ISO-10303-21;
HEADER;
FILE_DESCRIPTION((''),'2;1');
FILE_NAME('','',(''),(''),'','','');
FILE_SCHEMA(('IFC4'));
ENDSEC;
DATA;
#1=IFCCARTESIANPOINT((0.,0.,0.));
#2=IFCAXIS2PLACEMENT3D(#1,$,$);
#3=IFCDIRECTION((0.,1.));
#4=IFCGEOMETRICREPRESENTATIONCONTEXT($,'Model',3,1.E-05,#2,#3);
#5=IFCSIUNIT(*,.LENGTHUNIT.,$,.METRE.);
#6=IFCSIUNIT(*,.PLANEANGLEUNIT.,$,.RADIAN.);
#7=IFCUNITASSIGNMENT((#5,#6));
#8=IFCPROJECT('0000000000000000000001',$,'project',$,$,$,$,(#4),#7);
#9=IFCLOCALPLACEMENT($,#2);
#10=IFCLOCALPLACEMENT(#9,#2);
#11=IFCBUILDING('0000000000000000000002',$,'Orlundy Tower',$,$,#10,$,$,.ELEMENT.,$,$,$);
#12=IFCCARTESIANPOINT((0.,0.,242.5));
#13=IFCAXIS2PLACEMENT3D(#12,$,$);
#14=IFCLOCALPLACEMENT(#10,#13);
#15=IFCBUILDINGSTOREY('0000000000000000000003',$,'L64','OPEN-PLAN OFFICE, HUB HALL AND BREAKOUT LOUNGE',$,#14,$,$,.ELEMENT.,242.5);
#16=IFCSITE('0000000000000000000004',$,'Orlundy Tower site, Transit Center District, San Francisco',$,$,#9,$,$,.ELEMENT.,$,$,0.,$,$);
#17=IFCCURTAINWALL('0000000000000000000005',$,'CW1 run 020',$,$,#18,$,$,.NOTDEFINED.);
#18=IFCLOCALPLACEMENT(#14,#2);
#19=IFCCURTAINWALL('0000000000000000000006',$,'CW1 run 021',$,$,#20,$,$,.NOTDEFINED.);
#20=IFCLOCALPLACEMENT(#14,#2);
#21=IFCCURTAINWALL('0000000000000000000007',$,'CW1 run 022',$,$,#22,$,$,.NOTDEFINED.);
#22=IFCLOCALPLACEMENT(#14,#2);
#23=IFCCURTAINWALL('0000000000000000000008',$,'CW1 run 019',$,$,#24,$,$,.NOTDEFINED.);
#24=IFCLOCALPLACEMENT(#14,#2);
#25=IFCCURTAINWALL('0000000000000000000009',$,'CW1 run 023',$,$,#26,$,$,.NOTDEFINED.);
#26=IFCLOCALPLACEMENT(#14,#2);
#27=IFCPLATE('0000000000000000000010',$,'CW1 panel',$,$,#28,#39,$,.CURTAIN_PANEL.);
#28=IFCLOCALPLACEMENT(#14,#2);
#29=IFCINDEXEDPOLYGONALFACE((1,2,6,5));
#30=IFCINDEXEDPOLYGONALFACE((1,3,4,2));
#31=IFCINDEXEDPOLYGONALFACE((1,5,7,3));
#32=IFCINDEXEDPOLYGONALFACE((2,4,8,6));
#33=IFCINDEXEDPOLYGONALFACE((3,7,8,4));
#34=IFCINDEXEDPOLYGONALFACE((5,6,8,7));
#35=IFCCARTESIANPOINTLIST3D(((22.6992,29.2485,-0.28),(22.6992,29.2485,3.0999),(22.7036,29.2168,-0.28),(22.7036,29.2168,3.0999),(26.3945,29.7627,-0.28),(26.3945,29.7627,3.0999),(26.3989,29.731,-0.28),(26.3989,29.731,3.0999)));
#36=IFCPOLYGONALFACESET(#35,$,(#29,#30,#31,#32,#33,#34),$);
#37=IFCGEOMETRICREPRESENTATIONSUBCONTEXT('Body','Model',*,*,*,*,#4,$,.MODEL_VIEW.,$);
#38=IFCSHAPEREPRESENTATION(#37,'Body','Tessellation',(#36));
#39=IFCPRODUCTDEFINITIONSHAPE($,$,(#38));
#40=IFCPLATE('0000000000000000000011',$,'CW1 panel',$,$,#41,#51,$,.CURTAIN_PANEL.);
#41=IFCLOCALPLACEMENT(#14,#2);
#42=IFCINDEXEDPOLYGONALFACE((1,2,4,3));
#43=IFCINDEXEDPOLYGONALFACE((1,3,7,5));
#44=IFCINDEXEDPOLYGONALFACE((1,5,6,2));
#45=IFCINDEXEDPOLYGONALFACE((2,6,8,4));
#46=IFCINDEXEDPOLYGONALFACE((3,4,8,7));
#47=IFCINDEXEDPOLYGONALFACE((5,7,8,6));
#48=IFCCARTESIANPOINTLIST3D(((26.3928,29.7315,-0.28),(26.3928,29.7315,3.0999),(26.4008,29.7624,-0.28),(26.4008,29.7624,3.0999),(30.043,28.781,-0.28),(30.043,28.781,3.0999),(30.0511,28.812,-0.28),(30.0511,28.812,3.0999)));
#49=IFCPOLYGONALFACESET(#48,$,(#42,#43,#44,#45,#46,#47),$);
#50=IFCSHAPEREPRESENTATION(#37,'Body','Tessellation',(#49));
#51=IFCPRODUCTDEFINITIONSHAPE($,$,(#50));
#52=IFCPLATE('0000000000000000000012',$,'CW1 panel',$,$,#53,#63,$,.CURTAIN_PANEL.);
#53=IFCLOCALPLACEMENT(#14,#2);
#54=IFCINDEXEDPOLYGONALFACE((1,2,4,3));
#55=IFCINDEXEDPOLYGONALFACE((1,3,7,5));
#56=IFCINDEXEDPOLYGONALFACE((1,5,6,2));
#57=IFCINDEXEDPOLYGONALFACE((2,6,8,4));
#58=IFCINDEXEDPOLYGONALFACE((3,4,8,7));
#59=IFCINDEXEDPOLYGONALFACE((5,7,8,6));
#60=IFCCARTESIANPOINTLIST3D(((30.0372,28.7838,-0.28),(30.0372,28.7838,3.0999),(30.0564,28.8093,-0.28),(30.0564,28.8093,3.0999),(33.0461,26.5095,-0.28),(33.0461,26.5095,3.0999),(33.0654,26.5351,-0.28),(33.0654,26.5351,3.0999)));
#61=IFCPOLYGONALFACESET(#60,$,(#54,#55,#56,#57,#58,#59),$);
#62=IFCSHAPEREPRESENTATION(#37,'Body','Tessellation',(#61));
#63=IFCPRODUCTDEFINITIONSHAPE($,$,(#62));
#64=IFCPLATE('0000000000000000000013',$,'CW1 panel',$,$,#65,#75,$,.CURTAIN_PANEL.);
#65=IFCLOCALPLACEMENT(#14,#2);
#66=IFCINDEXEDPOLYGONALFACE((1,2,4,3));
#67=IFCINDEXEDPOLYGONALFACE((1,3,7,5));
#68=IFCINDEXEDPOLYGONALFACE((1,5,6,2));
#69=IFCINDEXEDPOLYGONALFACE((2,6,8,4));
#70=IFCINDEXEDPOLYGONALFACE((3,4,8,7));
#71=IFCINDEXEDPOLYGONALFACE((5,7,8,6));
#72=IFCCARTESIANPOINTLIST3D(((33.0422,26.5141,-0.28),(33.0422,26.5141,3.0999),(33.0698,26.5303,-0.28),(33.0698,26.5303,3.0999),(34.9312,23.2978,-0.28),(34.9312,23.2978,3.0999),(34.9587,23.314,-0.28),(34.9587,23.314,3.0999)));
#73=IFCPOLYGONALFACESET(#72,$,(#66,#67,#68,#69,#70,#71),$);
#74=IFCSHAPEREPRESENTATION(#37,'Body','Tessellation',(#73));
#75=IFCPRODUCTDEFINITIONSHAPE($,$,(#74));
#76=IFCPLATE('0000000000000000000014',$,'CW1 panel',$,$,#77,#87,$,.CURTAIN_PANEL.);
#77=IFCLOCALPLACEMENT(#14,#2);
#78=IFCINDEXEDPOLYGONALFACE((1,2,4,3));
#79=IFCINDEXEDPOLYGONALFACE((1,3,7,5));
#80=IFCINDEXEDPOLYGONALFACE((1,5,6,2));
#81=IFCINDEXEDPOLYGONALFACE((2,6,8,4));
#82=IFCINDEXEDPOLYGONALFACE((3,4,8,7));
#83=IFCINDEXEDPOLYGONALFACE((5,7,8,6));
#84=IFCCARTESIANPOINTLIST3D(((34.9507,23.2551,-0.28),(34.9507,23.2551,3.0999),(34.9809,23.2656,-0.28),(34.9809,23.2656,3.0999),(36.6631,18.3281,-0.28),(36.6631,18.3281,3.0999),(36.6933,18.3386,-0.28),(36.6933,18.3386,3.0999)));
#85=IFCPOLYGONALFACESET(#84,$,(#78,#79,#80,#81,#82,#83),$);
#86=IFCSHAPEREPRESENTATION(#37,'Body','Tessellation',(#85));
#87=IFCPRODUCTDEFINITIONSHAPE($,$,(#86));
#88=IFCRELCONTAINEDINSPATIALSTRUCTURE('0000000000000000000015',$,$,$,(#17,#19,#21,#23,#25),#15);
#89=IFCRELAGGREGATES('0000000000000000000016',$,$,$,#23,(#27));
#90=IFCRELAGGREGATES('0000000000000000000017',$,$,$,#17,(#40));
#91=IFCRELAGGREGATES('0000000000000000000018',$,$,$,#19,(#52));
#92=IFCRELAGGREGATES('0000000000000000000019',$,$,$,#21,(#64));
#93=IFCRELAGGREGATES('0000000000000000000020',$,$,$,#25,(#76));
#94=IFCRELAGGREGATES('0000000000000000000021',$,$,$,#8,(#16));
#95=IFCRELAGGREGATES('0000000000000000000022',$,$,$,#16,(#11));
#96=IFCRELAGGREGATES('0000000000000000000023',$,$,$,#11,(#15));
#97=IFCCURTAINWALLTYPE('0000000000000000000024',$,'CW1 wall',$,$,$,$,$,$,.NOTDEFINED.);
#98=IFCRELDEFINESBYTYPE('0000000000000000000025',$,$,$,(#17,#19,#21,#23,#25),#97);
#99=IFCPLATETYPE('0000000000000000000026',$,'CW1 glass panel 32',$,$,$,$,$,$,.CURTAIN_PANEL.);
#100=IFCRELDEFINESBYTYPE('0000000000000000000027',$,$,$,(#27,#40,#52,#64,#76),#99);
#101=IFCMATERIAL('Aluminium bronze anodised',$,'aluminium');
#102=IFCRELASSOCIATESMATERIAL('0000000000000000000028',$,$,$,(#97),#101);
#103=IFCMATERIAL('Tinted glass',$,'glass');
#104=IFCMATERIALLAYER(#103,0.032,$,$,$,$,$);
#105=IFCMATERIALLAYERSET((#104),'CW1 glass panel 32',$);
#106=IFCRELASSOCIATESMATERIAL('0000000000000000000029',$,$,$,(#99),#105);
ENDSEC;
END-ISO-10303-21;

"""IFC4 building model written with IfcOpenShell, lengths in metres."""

from ifc_helpers import new_model, si_unit, direction, frame, origin, origin_2d, place, context, subcontext, project, spatial, rectangle, extrude, material, layer, layer_set, type_object, element, aggregate, save


model = new_model("IFC4")

# Units and contexts
model_context = context("Model", 3, precision=1e-05, world=origin(), true_north=direction((0.0, 1.0)))
body_context = subcontext(model_context, "Body", "Model", "MODEL_VIEW")
ifc_project = project(units=[si_unit("LENGTHUNIT", "METRE"), si_unit("PLANEANGLEUNIT", "RADIAN")], contexts=[model_context])

# Site, building, storey
site_placement = place(None, origin())
site = spatial("IfcSite", under=ifc_project, at=site_placement, Name="Orlundy Tower site, Transit Center District, San Francisco", CompositionType="ELEMENT", RefElevation=0.0)
building_placement = place(site_placement, origin())
building = spatial("IfcBuilding", under=site, at=building_placement, Name="Orlundy Tower", CompositionType="ELEMENT")
storey_placement = place(building_placement, frame((0.0, 0.0, 242.5)))
storey = spatial("IfcBuildingStorey", under=building, at=storey_placement, Name="L64", Description="OPEN-PLAN OFFICE, HUB HALL AND BREAKOUT LOUNGE", CompositionType="ELEMENT", Elevation=242.5)

# Curtain walls
ifc_material_1 = material(Name="Aluminium bronze anodised", Category="aluminium")
curtain_wall_type = type_object("IfcCurtainWallType", Name="CW1 wall", PredefinedType="NOTDEFINED", material=ifc_material_1)
curtain_wall_1_placement = place(storey_placement, origin())
curtain_wall_1 = element("IfcCurtainWall", 1, at=curtain_wall_1_placement, inside=storey, type_object=curtain_wall_type, Name="CW1 run 020", PredefinedType="NOTDEFINED")
curtain_wall_2_placement = place(storey_placement, origin())
curtain_wall_2 = element("IfcCurtainWall", 2, at=curtain_wall_2_placement, inside=storey, type_object=curtain_wall_type, Name="CW1 run 021", PredefinedType="NOTDEFINED")
curtain_wall_3_placement = place(storey_placement, origin())
curtain_wall_3 = element("IfcCurtainWall", 3, at=curtain_wall_3_placement, inside=storey, type_object=curtain_wall_type, Name="CW1 run 022", PredefinedType="NOTDEFINED")
curtain_wall_4_placement = place(storey_placement, origin())
curtain_wall_4 = element("IfcCurtainWall", 4, at=curtain_wall_4_placement, inside=storey, type_object=curtain_wall_type, Name="CW1 run 019", PredefinedType="NOTDEFINED")

# Curtain wall
curtain_wall_5_placement = place(storey_placement, origin())
curtain_wall_5 = element("IfcCurtainWall", 5, at=curtain_wall_5_placement, inside=storey, type_object=curtain_wall_type, Name="CW1 run 023", PredefinedType="NOTDEFINED")

# Plates
ifc_material_2 = material(Name="Tinted glass", Category="glass")
ifc_layer = layer(ifc_material_2, 0.032)
ifc_layer_set = layer_set([ifc_layer], Name="CW1 glass panel 32")
plate_type = type_object("IfcPlateType", Name="CW1 glass panel 32", PredefinedType="CURTAIN_PANEL", material=ifc_layer_set)
plate_1_placement = place(storey_placement, frame((24.5491, 29.4897, -0.28), z_axis=(0.0, 0.0, 1.0), x_axis=(0.990455, 0.137833, 0.0)))
plate_1 = element("IfcPlate", 6, at=plate_1_placement, type_object=plate_type, Name="CW1 panel", PredefinedType="CURTAIN_PANEL", context=body_context, shape_type="SweptSolid", body=[
    extrude(rectangle(XDim=3.731, YDim=0.032, at=origin_2d()), origin(), (0.0, 0.0, 1.0), 3.3799),
])
aggregate(curtain_wall_4, [plate_1])
plate_2_placement = place(storey_placement, frame((28.2219, 29.2717, -0.28), z_axis=(0.0, 0.0, 1.0), x_axis=(0.967732, -0.251983, 0.0)))
plate_2 = element("IfcPlate", 7, at=plate_2_placement, type_object=plate_type, Name="CW1 panel", PredefinedType="CURTAIN_PANEL", context=body_context, shape_type="SweptSolid", body=[
    extrude(rectangle(XDim=3.772, YDim=0.032, at=origin_2d()), origin(), (0.0, 0.0, 1.0), 3.3799),
])
aggregate(curtain_wall_1, [plate_2])
plate_3_placement = place(storey_placement, frame((31.5513, 27.6594, -0.28), z_axis=(0.0, 0.0, 1.0), x_axis=(0.797761, -0.602974, 0.0)))
plate_3 = element("IfcPlate", 8, at=plate_3_placement, type_object=plate_type, Name="CW1 panel", PredefinedType="CURTAIN_PANEL", context=body_context, shape_type="SweptSolid", body=[
    extrude(rectangle(XDim=3.7717, YDim=0.032, at=origin_2d()), origin(), (0.0, 0.0, 1.0), 3.3799),
])
aggregate(curtain_wall_2, [plate_3])
plate_4_placement = place(storey_placement, frame((34.0005, 24.9141, -0.28), z_axis=(0.0, 0.0, 1.0), x_axis=(0.506419, -0.862288, 0.0)))
plate_4 = element("IfcPlate", 9, at=plate_4_placement, type_object=plate_type, Name="CW1 panel", PredefinedType="CURTAIN_PANEL", context=body_context, shape_type="SweptSolid", body=[
    extrude(rectangle(XDim=3.73, YDim=0.032, at=origin_2d()), origin(), (0.0, 0.0, 1.0), 3.3799),
])
aggregate(curtain_wall_3, [plate_4])
plate_5_placement = place(storey_placement, frame((35.822, 20.7969, -0.28), z_axis=(0.0, 0.0, 1.0), x_axis=(0.328288, -0.944578, 0.0)))
plate_5 = element("IfcPlate", 10, at=plate_5_placement, type_object=plate_type, Name="CW1 panel", PredefinedType="CURTAIN_PANEL", context=body_context, shape_type="SweptSolid", body=[
    extrude(rectangle(XDim=5.2161, YDim=0.032, at=origin_2d()), origin(), (0.0, 0.0, 1.0), 3.3799),
])
aggregate(curtain_wall_5, [plate_5])

save(model, "model.ifc")
